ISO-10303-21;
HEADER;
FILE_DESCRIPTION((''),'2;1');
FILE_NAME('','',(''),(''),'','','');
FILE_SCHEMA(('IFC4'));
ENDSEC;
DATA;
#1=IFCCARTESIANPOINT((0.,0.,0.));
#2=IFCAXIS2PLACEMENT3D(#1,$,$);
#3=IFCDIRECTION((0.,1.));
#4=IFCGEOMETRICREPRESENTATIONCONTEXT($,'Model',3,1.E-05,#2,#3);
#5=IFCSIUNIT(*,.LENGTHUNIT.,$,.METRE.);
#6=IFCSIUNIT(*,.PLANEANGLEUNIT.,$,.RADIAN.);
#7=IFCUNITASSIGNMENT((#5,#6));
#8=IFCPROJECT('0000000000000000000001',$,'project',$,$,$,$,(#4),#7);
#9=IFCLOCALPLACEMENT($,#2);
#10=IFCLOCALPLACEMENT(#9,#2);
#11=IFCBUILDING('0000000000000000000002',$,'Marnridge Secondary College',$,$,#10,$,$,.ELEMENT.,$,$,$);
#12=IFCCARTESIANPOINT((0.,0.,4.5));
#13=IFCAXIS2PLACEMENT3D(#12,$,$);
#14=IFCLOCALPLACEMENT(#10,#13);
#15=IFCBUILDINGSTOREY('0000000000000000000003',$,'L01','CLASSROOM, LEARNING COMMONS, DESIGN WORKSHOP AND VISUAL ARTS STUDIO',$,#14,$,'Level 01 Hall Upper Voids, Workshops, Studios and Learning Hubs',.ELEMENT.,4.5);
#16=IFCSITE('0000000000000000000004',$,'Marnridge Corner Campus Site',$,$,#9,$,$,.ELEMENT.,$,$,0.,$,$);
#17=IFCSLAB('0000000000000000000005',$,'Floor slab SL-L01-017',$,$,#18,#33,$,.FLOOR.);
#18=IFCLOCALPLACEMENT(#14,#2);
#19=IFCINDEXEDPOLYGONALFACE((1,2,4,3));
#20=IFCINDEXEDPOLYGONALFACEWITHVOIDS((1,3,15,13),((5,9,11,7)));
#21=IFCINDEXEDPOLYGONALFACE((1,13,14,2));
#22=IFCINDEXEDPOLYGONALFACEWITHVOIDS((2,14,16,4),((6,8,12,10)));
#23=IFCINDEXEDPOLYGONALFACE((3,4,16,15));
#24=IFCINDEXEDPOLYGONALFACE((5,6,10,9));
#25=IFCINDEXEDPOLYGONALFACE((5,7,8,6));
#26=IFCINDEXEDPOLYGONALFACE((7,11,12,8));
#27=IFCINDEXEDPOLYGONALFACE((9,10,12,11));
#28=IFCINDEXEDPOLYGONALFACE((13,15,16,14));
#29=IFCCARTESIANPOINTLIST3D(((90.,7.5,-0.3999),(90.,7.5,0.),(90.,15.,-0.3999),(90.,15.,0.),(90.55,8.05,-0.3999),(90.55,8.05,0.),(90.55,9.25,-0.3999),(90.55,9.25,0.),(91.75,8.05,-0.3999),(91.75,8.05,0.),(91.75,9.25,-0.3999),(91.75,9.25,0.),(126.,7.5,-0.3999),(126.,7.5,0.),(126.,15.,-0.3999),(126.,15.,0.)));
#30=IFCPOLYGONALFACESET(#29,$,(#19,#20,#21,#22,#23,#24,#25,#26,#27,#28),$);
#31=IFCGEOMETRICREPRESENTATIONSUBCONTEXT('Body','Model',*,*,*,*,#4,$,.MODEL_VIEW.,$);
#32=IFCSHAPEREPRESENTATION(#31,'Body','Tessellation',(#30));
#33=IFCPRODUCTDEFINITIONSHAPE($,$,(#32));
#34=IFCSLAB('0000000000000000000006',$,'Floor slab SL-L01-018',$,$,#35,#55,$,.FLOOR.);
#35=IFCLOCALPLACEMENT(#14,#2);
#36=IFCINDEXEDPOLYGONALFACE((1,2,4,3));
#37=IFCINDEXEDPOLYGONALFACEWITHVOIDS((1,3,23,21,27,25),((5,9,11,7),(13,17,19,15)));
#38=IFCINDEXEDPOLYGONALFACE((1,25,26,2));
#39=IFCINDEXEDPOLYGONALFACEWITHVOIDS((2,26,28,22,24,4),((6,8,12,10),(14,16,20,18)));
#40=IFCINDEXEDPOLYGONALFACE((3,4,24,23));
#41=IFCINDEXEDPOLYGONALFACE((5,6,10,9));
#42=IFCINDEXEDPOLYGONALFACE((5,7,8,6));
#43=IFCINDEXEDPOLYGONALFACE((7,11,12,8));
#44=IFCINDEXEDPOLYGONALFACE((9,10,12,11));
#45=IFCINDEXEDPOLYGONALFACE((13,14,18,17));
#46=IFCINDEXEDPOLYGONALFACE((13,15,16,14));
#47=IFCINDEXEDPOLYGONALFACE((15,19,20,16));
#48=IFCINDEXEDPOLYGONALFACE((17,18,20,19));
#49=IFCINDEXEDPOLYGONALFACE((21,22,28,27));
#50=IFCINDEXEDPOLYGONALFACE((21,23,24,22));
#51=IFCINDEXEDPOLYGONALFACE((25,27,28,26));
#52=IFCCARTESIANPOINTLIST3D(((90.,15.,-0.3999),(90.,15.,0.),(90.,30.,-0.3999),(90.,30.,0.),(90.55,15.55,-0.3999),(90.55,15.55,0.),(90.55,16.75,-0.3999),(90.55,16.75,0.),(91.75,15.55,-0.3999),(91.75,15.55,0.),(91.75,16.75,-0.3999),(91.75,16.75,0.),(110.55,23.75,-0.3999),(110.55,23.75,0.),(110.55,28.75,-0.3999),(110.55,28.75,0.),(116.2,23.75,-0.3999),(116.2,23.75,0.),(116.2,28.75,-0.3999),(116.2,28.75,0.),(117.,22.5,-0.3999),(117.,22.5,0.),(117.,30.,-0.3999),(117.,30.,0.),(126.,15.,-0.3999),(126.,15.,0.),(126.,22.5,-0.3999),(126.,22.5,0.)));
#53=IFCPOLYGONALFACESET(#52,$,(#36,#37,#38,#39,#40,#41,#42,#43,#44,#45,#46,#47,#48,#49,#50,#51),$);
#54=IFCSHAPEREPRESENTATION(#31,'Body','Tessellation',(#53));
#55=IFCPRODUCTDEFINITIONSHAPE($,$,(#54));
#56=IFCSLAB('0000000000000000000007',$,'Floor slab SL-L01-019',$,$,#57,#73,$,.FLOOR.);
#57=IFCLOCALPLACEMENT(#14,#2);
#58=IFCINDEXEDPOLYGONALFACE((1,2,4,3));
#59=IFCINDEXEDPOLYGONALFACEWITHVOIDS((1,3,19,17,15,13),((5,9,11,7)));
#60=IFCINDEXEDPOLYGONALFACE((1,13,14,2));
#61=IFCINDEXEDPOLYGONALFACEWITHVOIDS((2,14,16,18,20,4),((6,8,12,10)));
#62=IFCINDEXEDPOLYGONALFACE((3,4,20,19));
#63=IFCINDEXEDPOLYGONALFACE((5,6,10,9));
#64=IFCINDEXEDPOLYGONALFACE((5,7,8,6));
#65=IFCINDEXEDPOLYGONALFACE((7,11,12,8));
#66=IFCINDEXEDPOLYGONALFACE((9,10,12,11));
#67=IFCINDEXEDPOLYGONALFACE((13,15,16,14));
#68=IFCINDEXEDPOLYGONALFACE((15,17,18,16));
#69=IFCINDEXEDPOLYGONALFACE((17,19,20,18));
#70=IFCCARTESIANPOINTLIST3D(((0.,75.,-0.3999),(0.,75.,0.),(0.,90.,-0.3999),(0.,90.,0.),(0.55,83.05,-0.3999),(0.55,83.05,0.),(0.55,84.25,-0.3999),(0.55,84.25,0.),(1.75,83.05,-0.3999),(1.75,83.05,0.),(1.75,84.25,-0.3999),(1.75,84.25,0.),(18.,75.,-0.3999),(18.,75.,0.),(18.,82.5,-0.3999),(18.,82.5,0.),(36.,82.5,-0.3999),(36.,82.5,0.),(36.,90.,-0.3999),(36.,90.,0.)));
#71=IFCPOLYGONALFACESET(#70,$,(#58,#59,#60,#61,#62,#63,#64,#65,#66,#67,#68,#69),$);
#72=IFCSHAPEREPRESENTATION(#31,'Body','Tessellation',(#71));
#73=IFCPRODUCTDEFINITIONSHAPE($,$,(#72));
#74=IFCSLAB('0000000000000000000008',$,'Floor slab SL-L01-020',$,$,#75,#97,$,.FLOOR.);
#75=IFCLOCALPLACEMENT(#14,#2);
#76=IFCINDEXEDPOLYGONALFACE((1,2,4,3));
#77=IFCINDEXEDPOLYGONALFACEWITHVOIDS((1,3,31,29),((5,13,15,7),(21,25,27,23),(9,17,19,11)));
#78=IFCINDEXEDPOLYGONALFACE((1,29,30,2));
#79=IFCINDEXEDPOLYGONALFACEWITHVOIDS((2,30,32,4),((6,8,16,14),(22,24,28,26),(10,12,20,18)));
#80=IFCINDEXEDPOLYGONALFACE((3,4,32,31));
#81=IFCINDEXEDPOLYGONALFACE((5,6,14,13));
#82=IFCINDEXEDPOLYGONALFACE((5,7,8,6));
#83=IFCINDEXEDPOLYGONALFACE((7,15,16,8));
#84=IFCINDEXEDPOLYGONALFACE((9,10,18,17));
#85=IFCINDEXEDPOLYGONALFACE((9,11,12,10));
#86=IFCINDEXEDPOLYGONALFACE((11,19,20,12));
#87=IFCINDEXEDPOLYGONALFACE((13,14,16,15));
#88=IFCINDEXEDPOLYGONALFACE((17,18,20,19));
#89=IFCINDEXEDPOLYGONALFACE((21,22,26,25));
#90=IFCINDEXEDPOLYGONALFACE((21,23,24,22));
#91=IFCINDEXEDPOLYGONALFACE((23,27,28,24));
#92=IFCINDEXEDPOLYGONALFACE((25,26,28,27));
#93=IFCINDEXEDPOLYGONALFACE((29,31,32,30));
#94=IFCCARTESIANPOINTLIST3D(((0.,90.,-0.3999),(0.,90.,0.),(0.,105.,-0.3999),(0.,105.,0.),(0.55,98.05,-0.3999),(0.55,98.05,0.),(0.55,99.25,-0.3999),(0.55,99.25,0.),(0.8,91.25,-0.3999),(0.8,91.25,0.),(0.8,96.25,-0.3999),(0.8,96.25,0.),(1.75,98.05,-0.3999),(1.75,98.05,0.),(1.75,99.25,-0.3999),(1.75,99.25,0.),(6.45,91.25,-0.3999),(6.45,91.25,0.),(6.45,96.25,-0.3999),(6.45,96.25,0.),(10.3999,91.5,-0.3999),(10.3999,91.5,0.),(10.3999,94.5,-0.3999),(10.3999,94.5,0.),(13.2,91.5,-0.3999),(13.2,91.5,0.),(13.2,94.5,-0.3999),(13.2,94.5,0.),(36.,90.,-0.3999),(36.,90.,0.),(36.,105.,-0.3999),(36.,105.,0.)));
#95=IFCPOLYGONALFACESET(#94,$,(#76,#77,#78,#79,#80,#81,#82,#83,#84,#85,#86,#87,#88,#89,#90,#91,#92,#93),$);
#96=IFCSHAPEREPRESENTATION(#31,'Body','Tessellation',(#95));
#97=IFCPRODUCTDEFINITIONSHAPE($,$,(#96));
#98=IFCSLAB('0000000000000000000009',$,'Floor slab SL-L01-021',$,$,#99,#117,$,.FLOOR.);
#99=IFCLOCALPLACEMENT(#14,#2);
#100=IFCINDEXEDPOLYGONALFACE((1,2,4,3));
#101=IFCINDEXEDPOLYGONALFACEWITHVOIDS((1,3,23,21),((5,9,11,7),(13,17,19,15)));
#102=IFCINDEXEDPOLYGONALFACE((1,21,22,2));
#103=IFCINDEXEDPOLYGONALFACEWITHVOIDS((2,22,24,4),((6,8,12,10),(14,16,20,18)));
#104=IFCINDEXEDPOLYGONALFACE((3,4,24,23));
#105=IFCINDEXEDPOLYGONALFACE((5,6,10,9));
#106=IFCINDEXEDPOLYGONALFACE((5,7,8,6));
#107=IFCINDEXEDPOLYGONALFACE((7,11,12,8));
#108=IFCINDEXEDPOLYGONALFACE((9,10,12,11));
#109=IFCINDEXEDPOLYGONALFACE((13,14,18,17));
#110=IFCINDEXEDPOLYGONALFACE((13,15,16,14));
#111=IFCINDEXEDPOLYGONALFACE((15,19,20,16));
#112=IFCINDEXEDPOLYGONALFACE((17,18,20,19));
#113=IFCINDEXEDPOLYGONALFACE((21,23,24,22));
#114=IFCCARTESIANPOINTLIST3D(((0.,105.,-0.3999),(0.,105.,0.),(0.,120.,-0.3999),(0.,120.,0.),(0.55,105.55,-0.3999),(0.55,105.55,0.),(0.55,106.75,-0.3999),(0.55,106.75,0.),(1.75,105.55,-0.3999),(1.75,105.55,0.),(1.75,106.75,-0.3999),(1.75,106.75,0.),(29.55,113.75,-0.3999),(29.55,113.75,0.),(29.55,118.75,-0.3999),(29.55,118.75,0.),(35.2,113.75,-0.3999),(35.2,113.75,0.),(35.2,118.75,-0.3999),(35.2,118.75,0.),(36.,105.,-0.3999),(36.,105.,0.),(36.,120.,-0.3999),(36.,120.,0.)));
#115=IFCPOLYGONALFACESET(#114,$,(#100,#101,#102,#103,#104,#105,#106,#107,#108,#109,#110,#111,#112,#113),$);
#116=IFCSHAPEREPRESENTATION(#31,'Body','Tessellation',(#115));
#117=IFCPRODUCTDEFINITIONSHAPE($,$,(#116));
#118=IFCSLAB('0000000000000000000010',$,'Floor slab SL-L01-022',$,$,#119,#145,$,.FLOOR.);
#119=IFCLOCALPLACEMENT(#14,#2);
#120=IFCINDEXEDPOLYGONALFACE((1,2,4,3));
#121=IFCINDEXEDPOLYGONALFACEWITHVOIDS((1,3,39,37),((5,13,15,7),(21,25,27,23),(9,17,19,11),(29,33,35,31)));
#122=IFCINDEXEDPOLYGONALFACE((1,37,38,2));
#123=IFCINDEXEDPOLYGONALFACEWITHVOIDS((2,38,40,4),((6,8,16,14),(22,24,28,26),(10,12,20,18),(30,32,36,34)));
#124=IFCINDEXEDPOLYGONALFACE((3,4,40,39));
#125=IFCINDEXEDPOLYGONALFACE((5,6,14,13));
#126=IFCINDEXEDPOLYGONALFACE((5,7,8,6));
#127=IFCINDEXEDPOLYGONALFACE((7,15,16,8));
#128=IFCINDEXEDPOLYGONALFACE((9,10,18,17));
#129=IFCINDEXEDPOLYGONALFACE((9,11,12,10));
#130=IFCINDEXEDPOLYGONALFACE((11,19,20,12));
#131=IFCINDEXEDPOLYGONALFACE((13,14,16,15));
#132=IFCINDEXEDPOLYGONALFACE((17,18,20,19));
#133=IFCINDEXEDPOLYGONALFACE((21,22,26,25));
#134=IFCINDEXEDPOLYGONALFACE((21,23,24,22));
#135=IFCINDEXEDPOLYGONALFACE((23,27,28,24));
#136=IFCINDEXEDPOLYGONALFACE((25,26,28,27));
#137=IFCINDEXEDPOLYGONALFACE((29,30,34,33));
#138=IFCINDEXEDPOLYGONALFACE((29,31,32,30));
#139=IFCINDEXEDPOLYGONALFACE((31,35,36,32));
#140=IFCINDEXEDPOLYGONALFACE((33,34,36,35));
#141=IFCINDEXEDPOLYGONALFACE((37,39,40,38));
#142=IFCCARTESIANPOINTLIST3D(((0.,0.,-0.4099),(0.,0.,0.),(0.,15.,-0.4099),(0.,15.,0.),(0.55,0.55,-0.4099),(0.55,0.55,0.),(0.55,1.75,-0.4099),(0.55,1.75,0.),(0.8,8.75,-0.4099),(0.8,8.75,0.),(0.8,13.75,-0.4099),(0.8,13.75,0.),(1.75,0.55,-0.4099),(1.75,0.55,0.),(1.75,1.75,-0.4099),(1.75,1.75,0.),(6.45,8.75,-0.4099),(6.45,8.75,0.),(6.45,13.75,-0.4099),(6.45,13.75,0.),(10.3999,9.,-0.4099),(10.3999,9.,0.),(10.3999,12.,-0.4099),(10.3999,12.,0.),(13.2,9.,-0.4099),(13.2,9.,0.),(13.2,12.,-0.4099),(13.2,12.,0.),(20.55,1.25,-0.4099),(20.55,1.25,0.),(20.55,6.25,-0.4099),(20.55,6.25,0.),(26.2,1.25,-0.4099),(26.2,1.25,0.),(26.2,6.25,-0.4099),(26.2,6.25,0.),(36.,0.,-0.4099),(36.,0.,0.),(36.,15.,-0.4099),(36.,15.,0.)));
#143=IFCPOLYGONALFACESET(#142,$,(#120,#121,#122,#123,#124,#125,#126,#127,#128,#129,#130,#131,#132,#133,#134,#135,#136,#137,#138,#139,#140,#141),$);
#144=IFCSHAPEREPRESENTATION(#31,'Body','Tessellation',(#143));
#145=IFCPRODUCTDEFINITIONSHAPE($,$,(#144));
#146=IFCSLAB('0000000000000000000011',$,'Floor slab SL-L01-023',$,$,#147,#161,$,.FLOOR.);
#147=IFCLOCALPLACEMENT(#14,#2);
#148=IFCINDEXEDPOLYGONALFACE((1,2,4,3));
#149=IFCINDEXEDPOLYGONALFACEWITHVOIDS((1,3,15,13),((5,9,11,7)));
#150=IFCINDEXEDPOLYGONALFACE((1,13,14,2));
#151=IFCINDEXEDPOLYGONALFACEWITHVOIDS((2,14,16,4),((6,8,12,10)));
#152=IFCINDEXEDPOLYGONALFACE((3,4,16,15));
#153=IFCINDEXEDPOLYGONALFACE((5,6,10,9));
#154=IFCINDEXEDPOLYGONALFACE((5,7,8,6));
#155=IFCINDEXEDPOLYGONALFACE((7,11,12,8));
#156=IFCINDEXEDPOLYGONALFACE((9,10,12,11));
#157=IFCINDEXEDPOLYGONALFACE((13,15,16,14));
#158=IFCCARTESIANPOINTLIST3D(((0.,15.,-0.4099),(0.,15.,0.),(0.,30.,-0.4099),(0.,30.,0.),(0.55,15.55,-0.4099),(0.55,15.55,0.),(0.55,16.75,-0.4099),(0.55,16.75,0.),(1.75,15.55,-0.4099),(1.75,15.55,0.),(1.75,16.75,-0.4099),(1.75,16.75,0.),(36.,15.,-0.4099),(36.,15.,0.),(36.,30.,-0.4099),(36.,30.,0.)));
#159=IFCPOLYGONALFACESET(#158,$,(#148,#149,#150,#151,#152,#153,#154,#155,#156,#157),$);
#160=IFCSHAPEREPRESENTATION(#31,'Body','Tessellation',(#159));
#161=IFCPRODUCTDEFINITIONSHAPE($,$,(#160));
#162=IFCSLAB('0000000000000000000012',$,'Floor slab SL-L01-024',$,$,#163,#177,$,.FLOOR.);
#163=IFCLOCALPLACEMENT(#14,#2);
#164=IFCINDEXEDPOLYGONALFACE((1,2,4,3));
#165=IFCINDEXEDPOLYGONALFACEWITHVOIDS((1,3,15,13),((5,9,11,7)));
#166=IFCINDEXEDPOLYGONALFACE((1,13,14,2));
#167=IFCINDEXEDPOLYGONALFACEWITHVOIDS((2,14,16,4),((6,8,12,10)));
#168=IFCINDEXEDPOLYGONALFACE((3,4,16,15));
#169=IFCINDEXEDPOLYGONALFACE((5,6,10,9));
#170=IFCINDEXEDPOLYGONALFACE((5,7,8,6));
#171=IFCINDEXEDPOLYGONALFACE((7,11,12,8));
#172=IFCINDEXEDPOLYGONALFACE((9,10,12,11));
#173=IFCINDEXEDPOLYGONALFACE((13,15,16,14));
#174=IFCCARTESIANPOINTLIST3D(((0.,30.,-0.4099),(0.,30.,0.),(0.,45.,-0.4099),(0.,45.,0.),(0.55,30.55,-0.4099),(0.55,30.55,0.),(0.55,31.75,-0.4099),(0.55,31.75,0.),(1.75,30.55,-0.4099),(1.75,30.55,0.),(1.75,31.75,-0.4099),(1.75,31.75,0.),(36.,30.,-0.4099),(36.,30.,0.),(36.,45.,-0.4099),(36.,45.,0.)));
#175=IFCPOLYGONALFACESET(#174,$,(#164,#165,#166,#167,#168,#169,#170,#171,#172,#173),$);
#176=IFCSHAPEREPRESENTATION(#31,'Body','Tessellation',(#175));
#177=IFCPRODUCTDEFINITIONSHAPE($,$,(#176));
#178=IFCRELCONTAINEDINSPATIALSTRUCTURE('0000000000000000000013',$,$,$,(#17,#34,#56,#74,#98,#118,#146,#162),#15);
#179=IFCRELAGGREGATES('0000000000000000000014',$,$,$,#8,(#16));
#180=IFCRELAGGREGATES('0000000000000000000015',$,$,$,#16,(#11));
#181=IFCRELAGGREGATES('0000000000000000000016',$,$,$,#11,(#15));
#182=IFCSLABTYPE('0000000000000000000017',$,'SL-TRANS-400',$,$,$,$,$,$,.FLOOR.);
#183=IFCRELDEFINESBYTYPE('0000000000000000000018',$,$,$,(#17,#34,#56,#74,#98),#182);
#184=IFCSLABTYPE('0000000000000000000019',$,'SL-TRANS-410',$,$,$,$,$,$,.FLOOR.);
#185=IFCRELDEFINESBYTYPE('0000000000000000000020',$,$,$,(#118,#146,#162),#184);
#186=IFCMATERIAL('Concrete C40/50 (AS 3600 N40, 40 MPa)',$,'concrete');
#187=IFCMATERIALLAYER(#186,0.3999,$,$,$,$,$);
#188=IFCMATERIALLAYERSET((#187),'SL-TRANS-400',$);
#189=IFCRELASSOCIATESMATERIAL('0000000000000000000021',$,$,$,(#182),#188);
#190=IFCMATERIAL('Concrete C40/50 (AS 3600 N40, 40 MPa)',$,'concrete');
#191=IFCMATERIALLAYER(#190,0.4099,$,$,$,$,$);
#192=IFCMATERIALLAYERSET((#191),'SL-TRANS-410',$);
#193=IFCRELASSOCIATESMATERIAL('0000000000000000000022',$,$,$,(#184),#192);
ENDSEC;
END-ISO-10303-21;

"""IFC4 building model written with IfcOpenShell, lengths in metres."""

from ifc_helpers import new_model, si_unit, direction, frame, origin, place, context, subcontext, project, spatial, polyline, outline, extrude, material, layer, layer_set, type_object, element, save


model = new_model("IFC4")

# Units and contexts
model_context = context("Model", 3, precision=1e-05, world=origin(), true_north=direction((0.0, 1.0)))
body_context = subcontext(model_context, "Body", "Model", "MODEL_VIEW")
ifc_project = project(units=[si_unit("LENGTHUNIT", "METRE"), si_unit("PLANEANGLEUNIT", "RADIAN")], contexts=[model_context])

# Site, building, storey
site_placement = place(None, origin())
site = spatial("IfcSite", under=ifc_project, at=site_placement, Name="Marnridge Corner Campus Site", CompositionType="ELEMENT", RefElevation=0.0)
building_placement = place(site_placement, origin())
building = spatial("IfcBuilding", under=site, at=building_placement, Name="Marnridge Secondary College", CompositionType="ELEMENT")
storey_placement = place(building_placement, frame((0.0, 0.0, 4.5)))
storey = spatial("IfcBuildingStorey", under=building, at=storey_placement, Name="L01", Description="CLASSROOM, LEARNING COMMONS, DESIGN WORKSHOP AND VISUAL ARTS STUDIO", LongName="Level 01 Hall Upper Voids, Workshops, Studios and Learning Hubs", CompositionType="ELEMENT", Elevation=4.5)

# Slabs
ifc_material_1 = material(Name="Concrete C40/50 (AS 3600 N40, 40 MPa)", Category="concrete")
ifc_layer_1 = layer(ifc_material_1, 0.3999)
ifc_layer_set_1 = layer_set([ifc_layer_1], Name="SL-TRANS-400")
slab_type_1 = type_object("IfcSlabType", Name="SL-TRANS-400", PredefinedType="FLOOR", material=ifc_layer_set_1)
slab_1_placement = place(storey_placement, frame((0.0, 0.0, -0.3999)))
element("IfcSlab", 1, at=slab_1_placement, inside=storey, type_object=slab_type_1, Name="Floor slab SL-L01-017", PredefinedType="FLOOR", context=body_context, shape_type="SweptSolid", body=[
    extrude(outline(polyline([(90.0, 15.0), (126.0, 15.0), (126.0, 7.5), (90.0, 7.5), (90.0, 15.0)]), holes=[polyline([(90.55, 8.05), (91.75, 8.05), (91.75, 9.25), (90.55, 9.25), (90.55, 8.05)])]), origin(), (0.0, 0.0, 1.0), 0.3999),
])
slab_2_placement = place(storey_placement, frame((0.0, 0.0, -0.3999)))
element("IfcSlab", 2, at=slab_2_placement, inside=storey, type_object=slab_type_1, Name="Floor slab SL-L01-018", PredefinedType="FLOOR", context=body_context, shape_type="SweptSolid", body=[
    extrude(outline(polyline([(90.0, 30.0), (117.0, 30.0), (117.0, 22.5), (126.0, 22.5), (126.0, 15.0), (90.0, 15.0), (90.0, 30.0)]), holes=[polyline([(110.55, 23.75), (116.2, 23.75), (116.2, 28.75), (110.55, 28.75), (110.55, 23.75)]), polyline([(90.55, 15.55), (91.75, 15.55), (91.75, 16.75), (90.55, 16.75), (90.55, 15.55)])]), origin(), (0.0, 0.0, 1.0), 0.3999),
])
slab_3_placement = place(storey_placement, frame((0.0, 0.0, -0.3999)))
element("IfcSlab", 3, at=slab_3_placement, inside=storey, type_object=slab_type_1, Name="Floor slab SL-L01-019", PredefinedType="FLOOR", context=body_context, shape_type="SweptSolid", body=[
    extrude(outline(polyline([(0.0, 90.0), (36.0, 90.0), (36.0, 82.5), (18.0, 82.5), (18.0, 75.0), (0.0, 75.0), (0.0, 90.0)]), holes=[polyline([(0.55, 83.05), (1.75, 83.05), (1.75, 84.25), (0.55, 84.25), (0.55, 83.05)])]), origin(), (0.0, 0.0, 1.0), 0.3999),
])
slab_4_placement = place(storey_placement, frame((0.0, 0.0, -0.3999)))
element("IfcSlab", 4, at=slab_4_placement, inside=storey, type_object=slab_type_1, Name="Floor slab SL-L01-020", PredefinedType="FLOOR", context=body_context, shape_type="SweptSolid", body=[
    extrude(outline(polyline([(36.0, 90.0), (0.0, 90.0), (0.0, 105.0), (36.0, 105.0), (36.0, 90.0)]), holes=[polyline([(0.8, 91.25), (6.45, 91.25), (6.45, 96.25), (0.8, 96.25), (0.8, 91.25)]), polyline([(10.3999, 91.5), (13.2, 91.5), (13.2, 94.5), (10.3999, 94.5), (10.3999, 91.5)]), polyline([(0.55, 98.05), (1.75, 98.05), (1.75, 99.25), (0.55, 99.25), (0.55, 98.05)])]), origin(), (0.0, 0.0, 1.0), 0.3999),
])
slab_5_placement = place(storey_placement, frame((0.0, 0.0, -0.3999)))
element("IfcSlab", 5, at=slab_5_placement, inside=storey, type_object=slab_type_1, Name="Floor slab SL-L01-021", PredefinedType="FLOOR", context=body_context, shape_type="SweptSolid", body=[
    extrude(outline(polyline([(36.0, 105.0), (0.0, 105.0), (0.0, 120.0), (36.0, 120.0), (36.0, 105.0)]), holes=[polyline([(29.55, 113.75), (35.2, 113.75), (35.2, 118.75), (29.55, 118.75), (29.55, 113.75)]), polyline([(0.55, 105.55), (1.75, 105.55), (1.75, 106.75), (0.55, 106.75), (0.55, 105.55)])]), origin(), (0.0, 0.0, 1.0), 0.3999),
])
ifc_material_2 = material(Name="Concrete C40/50 (AS 3600 N40, 40 MPa)", Category="concrete")
ifc_layer_2 = layer(ifc_material_2, 0.4099)
ifc_layer_set_2 = layer_set([ifc_layer_2], Name="SL-TRANS-410")
slab_type_2 = type_object("IfcSlabType", Name="SL-TRANS-410", PredefinedType="FLOOR", material=ifc_layer_set_2)
slab_6_placement = place(storey_placement, frame((0.0, 0.0, -0.4099)))
element("IfcSlab", 6, at=slab_6_placement, inside=storey, type_object=slab_type_2, Name="Floor slab SL-L01-022", PredefinedType="FLOOR", context=body_context, shape_type="SweptSolid", body=[
    extrude(outline(polyline([(36.0, 0.0), (0.0, 0.0), (0.0, 15.0), (36.0, 15.0), (36.0, 0.0)]), holes=[polyline([(0.8, 8.75), (6.45, 8.75), (6.45, 13.75), (0.8, 13.75), (0.8, 8.75)]), polyline([(20.55, 1.25), (26.2, 1.25), (26.2, 6.25), (20.55, 6.25), (20.55, 1.25)]), polyline([(10.3999, 9.0), (13.2, 9.0), (13.2, 12.0), (10.3999, 12.0), (10.3999, 9.0)]), polyline([(0.55, 0.55), (1.75, 0.55), (1.75, 1.75), (0.55, 1.75), (0.55, 0.55)])]), origin(), (0.0, 0.0, 1.0), 0.4099),
])
slab_7_placement = place(storey_placement, frame((0.0, 0.0, -0.4099)))
element("IfcSlab", 7, at=slab_7_placement, inside=storey, type_object=slab_type_2, Name="Floor slab SL-L01-023", PredefinedType="FLOOR", context=body_context, shape_type="SweptSolid", body=[
    extrude(outline(polyline([(36.0, 15.0), (0.0, 15.0), (0.0, 30.0), (36.0, 30.0), (36.0, 15.0)]), holes=[polyline([(0.55, 15.55), (1.75, 15.55), (1.75, 16.75), (0.55, 16.75), (0.55, 15.55)])]), origin(), (0.0, 0.0, 1.0), 0.4099),
])
slab_8_placement = place(storey_placement, frame((0.0, 0.0, -0.4099)))
element("IfcSlab", 8, at=slab_8_placement, inside=storey, type_object=slab_type_2, Name="Floor slab SL-L01-024", PredefinedType="FLOOR", context=body_context, shape_type="SweptSolid", body=[
    extrude(outline(polyline([(36.0, 30.0), (0.0, 30.0), (0.0, 45.0), (36.0, 45.0), (36.0, 30.0)]), holes=[polyline([(0.55, 30.55), (1.75, 30.55), (1.75, 31.75), (0.55, 31.75), (0.55, 30.55)])]), origin(), (0.0, 0.0, 1.0), 0.4099),
])

save(model, "model.ifc")
